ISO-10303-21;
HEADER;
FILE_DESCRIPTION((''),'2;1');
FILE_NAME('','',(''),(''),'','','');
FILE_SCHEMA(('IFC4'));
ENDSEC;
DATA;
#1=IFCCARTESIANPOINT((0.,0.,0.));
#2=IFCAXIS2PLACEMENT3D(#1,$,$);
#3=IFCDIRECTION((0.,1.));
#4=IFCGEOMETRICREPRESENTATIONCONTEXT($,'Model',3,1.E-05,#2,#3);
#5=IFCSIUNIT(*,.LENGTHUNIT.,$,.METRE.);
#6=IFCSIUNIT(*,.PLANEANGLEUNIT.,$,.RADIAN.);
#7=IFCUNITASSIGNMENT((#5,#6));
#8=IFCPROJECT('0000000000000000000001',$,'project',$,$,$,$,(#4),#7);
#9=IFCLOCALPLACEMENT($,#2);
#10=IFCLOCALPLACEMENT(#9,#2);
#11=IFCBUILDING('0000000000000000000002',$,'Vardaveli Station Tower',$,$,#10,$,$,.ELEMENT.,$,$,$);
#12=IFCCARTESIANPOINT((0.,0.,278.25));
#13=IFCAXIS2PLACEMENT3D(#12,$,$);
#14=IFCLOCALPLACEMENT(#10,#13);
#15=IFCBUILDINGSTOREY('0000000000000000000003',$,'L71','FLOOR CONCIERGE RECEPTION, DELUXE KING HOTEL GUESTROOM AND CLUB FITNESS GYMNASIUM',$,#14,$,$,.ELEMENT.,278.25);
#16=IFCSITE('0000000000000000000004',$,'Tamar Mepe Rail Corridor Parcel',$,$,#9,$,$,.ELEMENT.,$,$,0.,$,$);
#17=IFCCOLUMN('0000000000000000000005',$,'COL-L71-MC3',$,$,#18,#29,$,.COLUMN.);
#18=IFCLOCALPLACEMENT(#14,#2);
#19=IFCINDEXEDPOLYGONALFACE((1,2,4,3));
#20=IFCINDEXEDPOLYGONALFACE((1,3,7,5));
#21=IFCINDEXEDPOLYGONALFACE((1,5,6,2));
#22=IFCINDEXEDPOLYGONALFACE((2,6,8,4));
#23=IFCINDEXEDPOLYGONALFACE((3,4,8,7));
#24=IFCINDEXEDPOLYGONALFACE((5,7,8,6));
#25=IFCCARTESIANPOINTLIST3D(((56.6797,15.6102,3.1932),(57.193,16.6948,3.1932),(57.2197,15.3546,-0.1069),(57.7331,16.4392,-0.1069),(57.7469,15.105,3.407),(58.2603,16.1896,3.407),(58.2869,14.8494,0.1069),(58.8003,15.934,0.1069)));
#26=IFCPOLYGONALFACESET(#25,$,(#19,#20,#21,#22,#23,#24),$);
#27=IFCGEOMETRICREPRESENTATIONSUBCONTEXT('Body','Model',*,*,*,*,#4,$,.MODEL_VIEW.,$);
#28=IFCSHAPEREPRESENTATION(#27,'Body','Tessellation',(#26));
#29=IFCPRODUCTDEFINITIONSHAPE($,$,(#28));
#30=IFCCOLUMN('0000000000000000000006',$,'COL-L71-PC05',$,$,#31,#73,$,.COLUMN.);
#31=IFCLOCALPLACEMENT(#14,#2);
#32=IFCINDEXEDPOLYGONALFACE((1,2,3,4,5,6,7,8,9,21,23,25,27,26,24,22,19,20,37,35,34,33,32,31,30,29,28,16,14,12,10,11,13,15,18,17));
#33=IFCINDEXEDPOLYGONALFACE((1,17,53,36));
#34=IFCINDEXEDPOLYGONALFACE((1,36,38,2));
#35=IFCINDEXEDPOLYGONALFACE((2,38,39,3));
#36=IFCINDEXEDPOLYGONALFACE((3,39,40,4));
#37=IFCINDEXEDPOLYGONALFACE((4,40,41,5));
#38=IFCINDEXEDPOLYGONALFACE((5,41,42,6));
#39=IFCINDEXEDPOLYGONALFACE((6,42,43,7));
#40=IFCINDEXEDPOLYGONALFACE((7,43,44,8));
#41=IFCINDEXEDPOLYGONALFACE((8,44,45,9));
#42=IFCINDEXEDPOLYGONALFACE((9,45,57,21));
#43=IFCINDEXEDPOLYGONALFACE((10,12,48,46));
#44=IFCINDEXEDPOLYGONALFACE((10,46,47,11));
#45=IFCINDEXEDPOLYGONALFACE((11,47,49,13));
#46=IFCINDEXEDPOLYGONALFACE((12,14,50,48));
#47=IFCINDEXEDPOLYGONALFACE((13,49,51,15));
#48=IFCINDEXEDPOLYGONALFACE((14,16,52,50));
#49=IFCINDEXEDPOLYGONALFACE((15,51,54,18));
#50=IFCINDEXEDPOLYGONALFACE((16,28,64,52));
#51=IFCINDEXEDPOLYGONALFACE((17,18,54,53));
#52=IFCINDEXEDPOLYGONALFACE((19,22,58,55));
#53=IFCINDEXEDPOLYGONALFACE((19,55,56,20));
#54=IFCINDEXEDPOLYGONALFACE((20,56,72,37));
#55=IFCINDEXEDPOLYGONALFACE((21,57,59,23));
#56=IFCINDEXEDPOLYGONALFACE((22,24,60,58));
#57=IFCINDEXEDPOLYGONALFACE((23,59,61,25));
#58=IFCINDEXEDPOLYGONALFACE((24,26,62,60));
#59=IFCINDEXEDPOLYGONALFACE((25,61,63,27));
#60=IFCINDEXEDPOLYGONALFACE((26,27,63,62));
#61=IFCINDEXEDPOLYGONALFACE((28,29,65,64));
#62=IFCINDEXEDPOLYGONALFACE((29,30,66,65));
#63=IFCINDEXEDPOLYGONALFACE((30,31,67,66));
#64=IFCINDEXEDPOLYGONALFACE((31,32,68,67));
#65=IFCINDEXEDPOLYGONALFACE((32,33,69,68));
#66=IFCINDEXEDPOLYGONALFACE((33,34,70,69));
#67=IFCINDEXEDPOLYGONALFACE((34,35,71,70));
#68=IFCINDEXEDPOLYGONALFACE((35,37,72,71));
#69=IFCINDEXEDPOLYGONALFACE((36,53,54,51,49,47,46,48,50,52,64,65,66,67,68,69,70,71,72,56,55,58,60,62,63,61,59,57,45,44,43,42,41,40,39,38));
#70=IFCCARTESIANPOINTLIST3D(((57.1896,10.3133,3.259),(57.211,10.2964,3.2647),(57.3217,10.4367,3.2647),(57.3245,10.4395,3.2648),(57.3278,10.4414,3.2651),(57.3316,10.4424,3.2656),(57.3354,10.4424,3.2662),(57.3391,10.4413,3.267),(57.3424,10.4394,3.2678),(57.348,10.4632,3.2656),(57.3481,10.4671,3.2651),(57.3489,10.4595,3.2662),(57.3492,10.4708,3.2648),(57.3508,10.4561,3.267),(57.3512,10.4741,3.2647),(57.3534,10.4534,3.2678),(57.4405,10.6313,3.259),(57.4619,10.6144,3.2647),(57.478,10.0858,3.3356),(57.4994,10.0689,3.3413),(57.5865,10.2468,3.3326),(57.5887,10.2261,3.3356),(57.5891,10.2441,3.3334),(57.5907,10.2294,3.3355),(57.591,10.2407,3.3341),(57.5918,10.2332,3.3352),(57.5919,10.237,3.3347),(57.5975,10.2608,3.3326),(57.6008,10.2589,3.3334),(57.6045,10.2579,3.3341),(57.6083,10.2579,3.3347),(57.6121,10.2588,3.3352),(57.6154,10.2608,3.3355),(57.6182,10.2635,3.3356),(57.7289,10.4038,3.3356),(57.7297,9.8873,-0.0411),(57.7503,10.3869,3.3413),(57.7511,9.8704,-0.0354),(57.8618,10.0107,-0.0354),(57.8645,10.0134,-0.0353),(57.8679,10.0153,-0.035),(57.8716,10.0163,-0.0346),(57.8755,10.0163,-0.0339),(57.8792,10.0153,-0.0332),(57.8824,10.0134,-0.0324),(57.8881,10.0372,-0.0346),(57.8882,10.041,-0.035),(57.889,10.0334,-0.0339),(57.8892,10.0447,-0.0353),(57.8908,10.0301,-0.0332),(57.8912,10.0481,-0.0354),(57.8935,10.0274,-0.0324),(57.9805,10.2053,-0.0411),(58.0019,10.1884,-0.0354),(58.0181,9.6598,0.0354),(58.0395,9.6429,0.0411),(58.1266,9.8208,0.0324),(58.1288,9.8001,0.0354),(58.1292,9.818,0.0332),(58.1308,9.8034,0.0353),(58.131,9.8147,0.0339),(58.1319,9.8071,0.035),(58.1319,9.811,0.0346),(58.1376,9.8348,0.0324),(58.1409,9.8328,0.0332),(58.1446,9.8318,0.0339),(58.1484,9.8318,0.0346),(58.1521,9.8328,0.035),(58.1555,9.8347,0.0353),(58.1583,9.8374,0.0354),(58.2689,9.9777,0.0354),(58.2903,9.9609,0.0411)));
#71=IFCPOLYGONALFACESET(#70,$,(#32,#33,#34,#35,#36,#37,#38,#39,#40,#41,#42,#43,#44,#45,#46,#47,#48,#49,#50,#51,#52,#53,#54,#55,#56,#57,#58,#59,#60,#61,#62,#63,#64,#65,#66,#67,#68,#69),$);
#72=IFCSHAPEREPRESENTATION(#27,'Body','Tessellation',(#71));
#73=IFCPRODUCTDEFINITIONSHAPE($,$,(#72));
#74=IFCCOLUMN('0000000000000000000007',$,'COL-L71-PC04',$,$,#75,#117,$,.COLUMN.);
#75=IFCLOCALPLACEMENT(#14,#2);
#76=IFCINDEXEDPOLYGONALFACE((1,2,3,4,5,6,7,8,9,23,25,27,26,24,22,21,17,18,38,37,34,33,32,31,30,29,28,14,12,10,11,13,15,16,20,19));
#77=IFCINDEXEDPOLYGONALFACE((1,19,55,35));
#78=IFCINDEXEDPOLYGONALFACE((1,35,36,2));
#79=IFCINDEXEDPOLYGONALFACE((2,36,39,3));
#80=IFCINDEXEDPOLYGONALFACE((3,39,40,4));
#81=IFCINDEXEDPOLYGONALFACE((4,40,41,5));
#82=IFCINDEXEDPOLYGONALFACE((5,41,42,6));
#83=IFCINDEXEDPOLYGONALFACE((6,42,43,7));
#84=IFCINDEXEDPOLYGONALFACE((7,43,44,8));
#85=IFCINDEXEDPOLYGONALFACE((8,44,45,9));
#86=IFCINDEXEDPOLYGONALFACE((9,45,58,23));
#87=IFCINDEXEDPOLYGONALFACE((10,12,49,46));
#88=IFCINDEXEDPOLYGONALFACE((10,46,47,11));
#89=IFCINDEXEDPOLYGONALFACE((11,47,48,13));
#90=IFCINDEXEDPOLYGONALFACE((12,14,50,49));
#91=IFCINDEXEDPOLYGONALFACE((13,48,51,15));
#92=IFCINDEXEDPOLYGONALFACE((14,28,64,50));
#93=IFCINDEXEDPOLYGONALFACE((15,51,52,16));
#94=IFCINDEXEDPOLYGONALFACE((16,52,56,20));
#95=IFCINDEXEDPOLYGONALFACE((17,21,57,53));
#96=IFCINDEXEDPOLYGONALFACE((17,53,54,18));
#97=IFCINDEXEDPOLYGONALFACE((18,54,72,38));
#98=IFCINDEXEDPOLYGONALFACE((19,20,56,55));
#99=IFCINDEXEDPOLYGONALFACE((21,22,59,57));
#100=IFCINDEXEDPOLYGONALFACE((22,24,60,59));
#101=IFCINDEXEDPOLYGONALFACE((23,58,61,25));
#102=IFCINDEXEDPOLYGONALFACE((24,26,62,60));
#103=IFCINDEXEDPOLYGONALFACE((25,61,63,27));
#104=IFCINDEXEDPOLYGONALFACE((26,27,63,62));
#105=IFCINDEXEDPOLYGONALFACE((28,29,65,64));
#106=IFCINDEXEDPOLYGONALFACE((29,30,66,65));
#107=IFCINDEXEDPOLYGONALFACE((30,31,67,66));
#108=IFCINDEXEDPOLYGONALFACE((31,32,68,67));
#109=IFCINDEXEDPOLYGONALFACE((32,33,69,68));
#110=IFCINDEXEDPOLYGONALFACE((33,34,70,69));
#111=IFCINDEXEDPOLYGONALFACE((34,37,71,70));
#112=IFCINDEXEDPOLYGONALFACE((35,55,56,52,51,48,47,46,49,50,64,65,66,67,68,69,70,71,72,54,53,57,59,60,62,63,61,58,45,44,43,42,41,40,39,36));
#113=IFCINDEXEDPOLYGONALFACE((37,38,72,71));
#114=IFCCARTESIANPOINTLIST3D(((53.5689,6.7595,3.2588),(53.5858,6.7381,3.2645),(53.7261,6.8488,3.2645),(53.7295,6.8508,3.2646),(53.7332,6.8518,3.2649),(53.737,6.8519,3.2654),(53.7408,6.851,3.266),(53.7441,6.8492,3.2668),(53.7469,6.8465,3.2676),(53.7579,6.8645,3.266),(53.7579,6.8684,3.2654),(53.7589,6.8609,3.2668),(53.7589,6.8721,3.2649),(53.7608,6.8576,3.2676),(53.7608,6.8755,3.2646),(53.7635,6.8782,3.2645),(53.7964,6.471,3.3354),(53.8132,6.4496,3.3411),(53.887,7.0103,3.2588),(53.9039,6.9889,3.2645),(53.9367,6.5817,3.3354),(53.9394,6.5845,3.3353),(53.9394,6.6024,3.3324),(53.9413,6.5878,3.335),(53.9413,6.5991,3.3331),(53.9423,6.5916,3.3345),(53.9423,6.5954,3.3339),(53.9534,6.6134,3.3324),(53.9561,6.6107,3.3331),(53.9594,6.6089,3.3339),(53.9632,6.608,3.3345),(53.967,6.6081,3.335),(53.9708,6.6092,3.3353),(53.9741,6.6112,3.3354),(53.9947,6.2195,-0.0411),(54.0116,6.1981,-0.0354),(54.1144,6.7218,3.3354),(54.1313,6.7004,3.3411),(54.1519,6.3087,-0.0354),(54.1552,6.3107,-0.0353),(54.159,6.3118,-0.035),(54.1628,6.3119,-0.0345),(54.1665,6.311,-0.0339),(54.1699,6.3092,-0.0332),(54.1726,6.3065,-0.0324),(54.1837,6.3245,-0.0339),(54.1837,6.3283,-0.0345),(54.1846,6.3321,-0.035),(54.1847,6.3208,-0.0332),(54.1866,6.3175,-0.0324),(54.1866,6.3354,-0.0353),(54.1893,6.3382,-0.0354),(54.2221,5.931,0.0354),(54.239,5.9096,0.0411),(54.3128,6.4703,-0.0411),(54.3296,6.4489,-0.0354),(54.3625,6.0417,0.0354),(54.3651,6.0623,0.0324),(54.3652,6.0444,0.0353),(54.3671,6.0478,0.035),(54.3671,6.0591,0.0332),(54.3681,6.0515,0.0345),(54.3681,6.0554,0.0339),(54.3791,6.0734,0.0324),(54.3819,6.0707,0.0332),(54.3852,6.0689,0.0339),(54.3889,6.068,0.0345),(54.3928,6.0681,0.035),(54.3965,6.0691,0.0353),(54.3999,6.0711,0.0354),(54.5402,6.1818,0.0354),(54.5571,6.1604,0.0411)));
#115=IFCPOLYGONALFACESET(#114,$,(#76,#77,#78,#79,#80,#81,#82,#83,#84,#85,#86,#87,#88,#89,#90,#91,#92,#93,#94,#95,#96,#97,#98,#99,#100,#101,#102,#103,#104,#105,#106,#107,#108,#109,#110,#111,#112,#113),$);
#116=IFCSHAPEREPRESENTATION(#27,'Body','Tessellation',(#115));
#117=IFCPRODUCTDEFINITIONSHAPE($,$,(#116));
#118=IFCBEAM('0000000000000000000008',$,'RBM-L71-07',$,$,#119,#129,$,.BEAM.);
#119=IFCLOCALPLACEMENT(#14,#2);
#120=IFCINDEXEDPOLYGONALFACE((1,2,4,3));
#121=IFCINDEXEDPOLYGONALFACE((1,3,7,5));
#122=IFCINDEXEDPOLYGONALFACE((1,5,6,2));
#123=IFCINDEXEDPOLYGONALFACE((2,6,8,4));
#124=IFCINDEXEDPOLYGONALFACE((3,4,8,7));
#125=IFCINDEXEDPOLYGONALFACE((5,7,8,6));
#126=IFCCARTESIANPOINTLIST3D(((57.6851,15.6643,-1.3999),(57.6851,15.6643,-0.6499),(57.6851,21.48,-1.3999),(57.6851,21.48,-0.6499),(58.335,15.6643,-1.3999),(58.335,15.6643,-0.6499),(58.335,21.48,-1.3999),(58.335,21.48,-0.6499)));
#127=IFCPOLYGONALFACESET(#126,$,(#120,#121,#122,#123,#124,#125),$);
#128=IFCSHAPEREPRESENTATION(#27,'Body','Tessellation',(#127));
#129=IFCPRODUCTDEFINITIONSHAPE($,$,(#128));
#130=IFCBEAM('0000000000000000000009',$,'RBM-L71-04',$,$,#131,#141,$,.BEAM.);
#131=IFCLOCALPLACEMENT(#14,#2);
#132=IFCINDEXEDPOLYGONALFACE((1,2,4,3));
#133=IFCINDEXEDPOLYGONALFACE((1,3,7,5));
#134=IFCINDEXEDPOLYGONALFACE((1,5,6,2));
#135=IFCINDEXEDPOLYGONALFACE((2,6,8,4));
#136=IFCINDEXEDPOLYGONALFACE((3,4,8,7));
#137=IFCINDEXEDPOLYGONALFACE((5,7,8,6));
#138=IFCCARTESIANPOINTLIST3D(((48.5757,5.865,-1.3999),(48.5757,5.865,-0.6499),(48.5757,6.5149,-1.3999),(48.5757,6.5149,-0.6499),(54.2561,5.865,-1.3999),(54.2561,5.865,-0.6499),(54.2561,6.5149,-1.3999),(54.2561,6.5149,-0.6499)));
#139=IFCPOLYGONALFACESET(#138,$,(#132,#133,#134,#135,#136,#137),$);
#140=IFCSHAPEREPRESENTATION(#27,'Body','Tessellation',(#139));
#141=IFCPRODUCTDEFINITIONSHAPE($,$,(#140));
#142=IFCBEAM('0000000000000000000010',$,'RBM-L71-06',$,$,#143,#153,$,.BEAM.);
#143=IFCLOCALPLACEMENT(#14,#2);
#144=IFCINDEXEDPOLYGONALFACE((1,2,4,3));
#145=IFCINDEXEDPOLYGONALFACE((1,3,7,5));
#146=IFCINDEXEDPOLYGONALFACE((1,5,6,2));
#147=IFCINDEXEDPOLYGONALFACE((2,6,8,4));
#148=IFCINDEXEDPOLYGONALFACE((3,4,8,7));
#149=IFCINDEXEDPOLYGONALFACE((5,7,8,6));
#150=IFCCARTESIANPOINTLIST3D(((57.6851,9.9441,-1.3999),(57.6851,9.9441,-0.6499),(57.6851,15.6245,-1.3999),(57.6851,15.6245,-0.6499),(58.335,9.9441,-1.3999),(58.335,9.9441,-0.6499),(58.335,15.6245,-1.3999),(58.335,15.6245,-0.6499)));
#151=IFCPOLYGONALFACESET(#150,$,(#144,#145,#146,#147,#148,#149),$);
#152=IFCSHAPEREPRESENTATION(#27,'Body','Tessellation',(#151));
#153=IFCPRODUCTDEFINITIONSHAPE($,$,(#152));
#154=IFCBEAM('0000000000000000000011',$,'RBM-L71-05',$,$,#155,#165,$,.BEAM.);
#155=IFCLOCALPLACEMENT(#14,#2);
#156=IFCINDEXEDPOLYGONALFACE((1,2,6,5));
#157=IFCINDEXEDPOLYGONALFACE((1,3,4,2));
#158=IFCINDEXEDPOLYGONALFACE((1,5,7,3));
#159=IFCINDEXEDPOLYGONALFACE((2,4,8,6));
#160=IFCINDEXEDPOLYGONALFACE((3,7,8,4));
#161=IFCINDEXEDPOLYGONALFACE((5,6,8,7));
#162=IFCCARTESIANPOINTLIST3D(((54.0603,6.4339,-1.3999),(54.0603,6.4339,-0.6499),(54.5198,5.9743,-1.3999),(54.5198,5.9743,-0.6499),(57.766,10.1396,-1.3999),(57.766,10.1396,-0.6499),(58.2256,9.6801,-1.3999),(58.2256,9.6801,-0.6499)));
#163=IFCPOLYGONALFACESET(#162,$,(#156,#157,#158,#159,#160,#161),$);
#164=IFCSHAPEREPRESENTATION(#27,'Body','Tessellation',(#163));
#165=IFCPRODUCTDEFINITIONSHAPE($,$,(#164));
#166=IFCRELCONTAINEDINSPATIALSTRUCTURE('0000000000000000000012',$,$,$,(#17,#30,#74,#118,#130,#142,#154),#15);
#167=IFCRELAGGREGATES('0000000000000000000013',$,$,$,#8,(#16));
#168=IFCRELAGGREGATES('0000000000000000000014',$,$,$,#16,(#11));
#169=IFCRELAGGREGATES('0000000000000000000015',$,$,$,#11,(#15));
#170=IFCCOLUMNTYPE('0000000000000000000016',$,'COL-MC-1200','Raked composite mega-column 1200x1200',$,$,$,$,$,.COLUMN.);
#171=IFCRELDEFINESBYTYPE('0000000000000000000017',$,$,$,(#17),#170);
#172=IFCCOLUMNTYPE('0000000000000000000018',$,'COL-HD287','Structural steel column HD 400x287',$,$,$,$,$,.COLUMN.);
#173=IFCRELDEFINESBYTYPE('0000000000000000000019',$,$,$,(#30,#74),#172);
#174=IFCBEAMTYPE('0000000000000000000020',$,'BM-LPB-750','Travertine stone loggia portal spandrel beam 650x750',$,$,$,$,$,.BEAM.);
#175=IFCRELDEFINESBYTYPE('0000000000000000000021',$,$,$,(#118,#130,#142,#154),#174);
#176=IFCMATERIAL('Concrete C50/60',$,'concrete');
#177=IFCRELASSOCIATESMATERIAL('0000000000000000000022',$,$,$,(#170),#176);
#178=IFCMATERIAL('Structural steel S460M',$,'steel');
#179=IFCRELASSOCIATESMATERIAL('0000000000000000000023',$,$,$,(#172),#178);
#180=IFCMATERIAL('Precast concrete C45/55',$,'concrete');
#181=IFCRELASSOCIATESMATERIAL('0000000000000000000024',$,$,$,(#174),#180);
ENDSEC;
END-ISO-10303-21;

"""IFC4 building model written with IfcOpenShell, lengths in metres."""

from ifc_helpers import new_model, si_unit, direction, frame, origin, origin_2d, place, context, subcontext, project, spatial, rectangle, i_section, extrude, source, transform, mapped, material, material_profile, profile_set, type_object, element, save


model = new_model("IFC4")

# Units and contexts
model_context = context("Model", 3, precision=1e-05, world=origin(), true_north=direction((0.0, 1.0)))
body_context = subcontext(model_context, "Body", "Model", "MODEL_VIEW")
ifc_project = project(units=[si_unit("LENGTHUNIT", "METRE"), si_unit("PLANEANGLEUNIT", "RADIAN")], contexts=[model_context])

# Site, building, storey
site_placement = place(None, origin())
site = spatial("IfcSite", under=ifc_project, at=site_placement, Name="Tamar Mepe Rail Corridor Parcel", CompositionType="ELEMENT", RefElevation=0.0)
building_placement = place(site_placement, origin())
building = spatial("IfcBuilding", under=site, at=building_placement, Name="Vardaveli Station Tower", CompositionType="ELEMENT")
storey_placement = place(building_placement, frame((0.0, 0.0, 278.25)))
storey = spatial("IfcBuildingStorey", under=building, at=storey_placement, Name="L71", Description="FLOOR CONCIERGE RECEPTION, DELUXE KING HOTEL GUESTROOM AND CLUB FITNESS GYMNASIUM", CompositionType="ELEMENT", Elevation=278.25)

# Columns
ifc_material_1 = material(Name="Concrete C50/60", Category="concrete")
ifc_material_profile_1 = material_profile(ifc_material_1, rectangle(XDim=1.2, YDim=1.2, at=origin_2d()), Name="MC 1200x1200")
ifc_profile_set_1 = profile_set([ifc_material_profile_1], Name="Concrete C50/60")
column_type_1 = type_object("IfcColumnType", Name="COL-MC-1200", Description="Raked composite mega-column 1200x1200", PredefinedType="COLUMN", material=ifc_profile_set_1)
shared_shape_1 = source(origin(), body_context, "Body", "SweptSolid", [
    extrude(rectangle(XDim=1.2, YDim=1.2, at=origin_2d()), origin(), (0.0, 0.0, 1.0), 3.3538),
])
column_1_placement = place(storey_placement, frame((58.01, 15.6443, 0.0), z_axis=(-0.161028, 0.076219, 0.984002), x_axis=(-0.427823, -0.903863, 0.0)))
element("IfcColumn", 1, at=column_1_placement, inside=storey, type_object=column_type_1, Name="COL-L71-MC3", PredefinedType="COLUMN", context=body_context, shape_type="MappedRepresentation", body=[
    mapped(shared_shape_1, transform((0.0, 0.0, 0.0), scale=1.0)),
])
ifc_material_2 = material(Name="Structural steel S460M", Category="steel")
ifc_material_profile_2 = material_profile(ifc_material_2, i_section(OverallWidth=0.405, OverallDepth=0.4031, WebThickness=0.0178, FlangeThickness=0.0278, FilletRadius=0.0149, at=origin_2d()), Name="HD 400x287")
ifc_profile_set_2 = profile_set([ifc_material_profile_2], Name="Structural steel S460M")
column_type_2 = type_object("IfcColumnType", Name="COL-HD287", Description="Structural steel column HD 400x287", PredefinedType="COLUMN", material=ifc_profile_set_2)
shared_shape_2 = source(origin(), body_context, "Body", "SweptSolid", [
    extrude(i_section(OverallWidth=0.405, OverallDepth=0.4031, WebThickness=0.0178, FlangeThickness=0.0278, FilletRadius=0.0149, at=origin_2d()), origin(), (0.0, 0.0, 1.0), 3.3711),
])
column_2_placement = place(storey_placement, frame((58.01, 9.9241, 0.0), z_axis=(-0.160203, 0.126381, 0.97896), x_axis=(-0.619357, -0.78511, 0.0)))
element("IfcColumn", 2, at=column_2_placement, inside=storey, type_object=column_type_2, Name="COL-L71-PC05", PredefinedType="COLUMN", context=body_context, shape_type="MappedRepresentation", body=[
    mapped(shared_shape_2, transform((0.0, 0.0, 0.0), scale=1.0)),
])
shared_shape_3 = source(origin(), body_context, "Body", "SweptSolid", [
    extrude(i_section(OverallWidth=0.405, OverallDepth=0.4031, WebThickness=0.0178, FlangeThickness=0.0278, FilletRadius=0.0149, at=origin_2d()), origin(), (0.0, 0.0, 1.0), 3.3708),
])
column_3_placement = place(storey_placement, frame((54.2759, 6.1899, 0.0), z_axis=(-0.126309, 0.160204, 0.978969), x_axis=(-0.785282, -0.619138, 0.0)))
element("IfcColumn", 3, at=column_3_placement, inside=storey, type_object=column_type_2, Name="COL-L71-PC04", PredefinedType="COLUMN", context=body_context, shape_type="MappedRepresentation", body=[
    mapped(shared_shape_3, transform((0.0, 0.0, 0.0), scale=1.0)),
])

# Beams
ifc_material_3 = material(Name="Precast concrete C45/55", Category="concrete")
ifc_material_profile_3 = material_profile(ifc_material_3, rectangle(XDim=0.6499, YDim=0.75, at=origin_2d()), Name="LPB 650x750")
ifc_profile_set_3 = profile_set([ifc_material_profile_3], Name="Precast concrete C45/55")
beam_type_1 = type_object("IfcBeamType", Name="BM-LPB-750", Description="Travertine stone loggia portal spandrel beam 650x750", PredefinedType="BEAM", material=ifc_profile_set_3)
shared_shape_4 = source(origin(), body_context, "Body", "SweptSolid", [
    extrude(rectangle(XDim=0.6499, YDim=0.75, at=origin_2d()), origin(), (0.0, 0.0, 1.0), 5.8157),
])
beam_1_placement = place(storey_placement, frame((58.01, 15.6643, -1.0249), z_axis=(0.0, 1.0, 0.0), x_axis=(-1.0, 0.0, 0.0)))
element("IfcBeam", 4, at=beam_1_placement, inside=storey, type_object=beam_type_1, Name="RBM-L71-07", PredefinedType="BEAM", context=body_context, shape_type="MappedRepresentation", body=[
    mapped(shared_shape_4, transform((0.0, 0.0, 0.0), scale=1.0)),
])
shared_shape_5 = source(origin(), body_context, "Body", "SweptSolid", [
    extrude(rectangle(XDim=0.6499, YDim=0.75, at=origin_2d()), origin(), (0.0, 0.0, 1.0), 5.6804),
])
for number, where, z_axis, x_axis, name in (
    (5, (48.5757, 6.1899, -1.0249), (1.0, 0.0, 0.0), (0.0, 1.0, 0.0), "RBM-L71-04"),
    (6, (58.01, 9.9441, -1.0249), (0.0, 1.0, 0.0), (-1.0, 0.0, 0.0), "RBM-L71-06"),
):
    element("IfcBeam", number, at=place(storey_placement, frame(where, z_axis=z_axis, x_axis=x_axis)), inside=storey, type_object=beam_type_1, Name=name, PredefinedType="BEAM", context=body_context, shape_type="MappedRepresentation", body=[
        mapped(shared_shape_5, transform((0.0, 0.0, 0.0), scale=1.0)),
    ])
shared_shape_6 = source(origin(), body_context, "Body", "SweptSolid", [
    extrude(rectangle(XDim=0.6499, YDim=0.75, at=origin_2d()), origin(), (0.0, 0.0, 1.0), 5.2407),
])
beam_2_placement = place(storey_placement, frame((54.29, 6.2041, -1.0249), z_axis=(0.707107, 0.707107, 0.0), x_axis=(-0.707107, 0.707107, 0.0)))
element("IfcBeam", 7, at=beam_2_placement, inside=storey, type_object=beam_type_1, Name="RBM-L71-05", PredefinedType="BEAM", context=body_context, shape_type="MappedRepresentation", body=[
    mapped(shared_shape_6, transform((0.0, 0.0, 0.0), scale=1.0)),
])

save(model, "model.ifc")
